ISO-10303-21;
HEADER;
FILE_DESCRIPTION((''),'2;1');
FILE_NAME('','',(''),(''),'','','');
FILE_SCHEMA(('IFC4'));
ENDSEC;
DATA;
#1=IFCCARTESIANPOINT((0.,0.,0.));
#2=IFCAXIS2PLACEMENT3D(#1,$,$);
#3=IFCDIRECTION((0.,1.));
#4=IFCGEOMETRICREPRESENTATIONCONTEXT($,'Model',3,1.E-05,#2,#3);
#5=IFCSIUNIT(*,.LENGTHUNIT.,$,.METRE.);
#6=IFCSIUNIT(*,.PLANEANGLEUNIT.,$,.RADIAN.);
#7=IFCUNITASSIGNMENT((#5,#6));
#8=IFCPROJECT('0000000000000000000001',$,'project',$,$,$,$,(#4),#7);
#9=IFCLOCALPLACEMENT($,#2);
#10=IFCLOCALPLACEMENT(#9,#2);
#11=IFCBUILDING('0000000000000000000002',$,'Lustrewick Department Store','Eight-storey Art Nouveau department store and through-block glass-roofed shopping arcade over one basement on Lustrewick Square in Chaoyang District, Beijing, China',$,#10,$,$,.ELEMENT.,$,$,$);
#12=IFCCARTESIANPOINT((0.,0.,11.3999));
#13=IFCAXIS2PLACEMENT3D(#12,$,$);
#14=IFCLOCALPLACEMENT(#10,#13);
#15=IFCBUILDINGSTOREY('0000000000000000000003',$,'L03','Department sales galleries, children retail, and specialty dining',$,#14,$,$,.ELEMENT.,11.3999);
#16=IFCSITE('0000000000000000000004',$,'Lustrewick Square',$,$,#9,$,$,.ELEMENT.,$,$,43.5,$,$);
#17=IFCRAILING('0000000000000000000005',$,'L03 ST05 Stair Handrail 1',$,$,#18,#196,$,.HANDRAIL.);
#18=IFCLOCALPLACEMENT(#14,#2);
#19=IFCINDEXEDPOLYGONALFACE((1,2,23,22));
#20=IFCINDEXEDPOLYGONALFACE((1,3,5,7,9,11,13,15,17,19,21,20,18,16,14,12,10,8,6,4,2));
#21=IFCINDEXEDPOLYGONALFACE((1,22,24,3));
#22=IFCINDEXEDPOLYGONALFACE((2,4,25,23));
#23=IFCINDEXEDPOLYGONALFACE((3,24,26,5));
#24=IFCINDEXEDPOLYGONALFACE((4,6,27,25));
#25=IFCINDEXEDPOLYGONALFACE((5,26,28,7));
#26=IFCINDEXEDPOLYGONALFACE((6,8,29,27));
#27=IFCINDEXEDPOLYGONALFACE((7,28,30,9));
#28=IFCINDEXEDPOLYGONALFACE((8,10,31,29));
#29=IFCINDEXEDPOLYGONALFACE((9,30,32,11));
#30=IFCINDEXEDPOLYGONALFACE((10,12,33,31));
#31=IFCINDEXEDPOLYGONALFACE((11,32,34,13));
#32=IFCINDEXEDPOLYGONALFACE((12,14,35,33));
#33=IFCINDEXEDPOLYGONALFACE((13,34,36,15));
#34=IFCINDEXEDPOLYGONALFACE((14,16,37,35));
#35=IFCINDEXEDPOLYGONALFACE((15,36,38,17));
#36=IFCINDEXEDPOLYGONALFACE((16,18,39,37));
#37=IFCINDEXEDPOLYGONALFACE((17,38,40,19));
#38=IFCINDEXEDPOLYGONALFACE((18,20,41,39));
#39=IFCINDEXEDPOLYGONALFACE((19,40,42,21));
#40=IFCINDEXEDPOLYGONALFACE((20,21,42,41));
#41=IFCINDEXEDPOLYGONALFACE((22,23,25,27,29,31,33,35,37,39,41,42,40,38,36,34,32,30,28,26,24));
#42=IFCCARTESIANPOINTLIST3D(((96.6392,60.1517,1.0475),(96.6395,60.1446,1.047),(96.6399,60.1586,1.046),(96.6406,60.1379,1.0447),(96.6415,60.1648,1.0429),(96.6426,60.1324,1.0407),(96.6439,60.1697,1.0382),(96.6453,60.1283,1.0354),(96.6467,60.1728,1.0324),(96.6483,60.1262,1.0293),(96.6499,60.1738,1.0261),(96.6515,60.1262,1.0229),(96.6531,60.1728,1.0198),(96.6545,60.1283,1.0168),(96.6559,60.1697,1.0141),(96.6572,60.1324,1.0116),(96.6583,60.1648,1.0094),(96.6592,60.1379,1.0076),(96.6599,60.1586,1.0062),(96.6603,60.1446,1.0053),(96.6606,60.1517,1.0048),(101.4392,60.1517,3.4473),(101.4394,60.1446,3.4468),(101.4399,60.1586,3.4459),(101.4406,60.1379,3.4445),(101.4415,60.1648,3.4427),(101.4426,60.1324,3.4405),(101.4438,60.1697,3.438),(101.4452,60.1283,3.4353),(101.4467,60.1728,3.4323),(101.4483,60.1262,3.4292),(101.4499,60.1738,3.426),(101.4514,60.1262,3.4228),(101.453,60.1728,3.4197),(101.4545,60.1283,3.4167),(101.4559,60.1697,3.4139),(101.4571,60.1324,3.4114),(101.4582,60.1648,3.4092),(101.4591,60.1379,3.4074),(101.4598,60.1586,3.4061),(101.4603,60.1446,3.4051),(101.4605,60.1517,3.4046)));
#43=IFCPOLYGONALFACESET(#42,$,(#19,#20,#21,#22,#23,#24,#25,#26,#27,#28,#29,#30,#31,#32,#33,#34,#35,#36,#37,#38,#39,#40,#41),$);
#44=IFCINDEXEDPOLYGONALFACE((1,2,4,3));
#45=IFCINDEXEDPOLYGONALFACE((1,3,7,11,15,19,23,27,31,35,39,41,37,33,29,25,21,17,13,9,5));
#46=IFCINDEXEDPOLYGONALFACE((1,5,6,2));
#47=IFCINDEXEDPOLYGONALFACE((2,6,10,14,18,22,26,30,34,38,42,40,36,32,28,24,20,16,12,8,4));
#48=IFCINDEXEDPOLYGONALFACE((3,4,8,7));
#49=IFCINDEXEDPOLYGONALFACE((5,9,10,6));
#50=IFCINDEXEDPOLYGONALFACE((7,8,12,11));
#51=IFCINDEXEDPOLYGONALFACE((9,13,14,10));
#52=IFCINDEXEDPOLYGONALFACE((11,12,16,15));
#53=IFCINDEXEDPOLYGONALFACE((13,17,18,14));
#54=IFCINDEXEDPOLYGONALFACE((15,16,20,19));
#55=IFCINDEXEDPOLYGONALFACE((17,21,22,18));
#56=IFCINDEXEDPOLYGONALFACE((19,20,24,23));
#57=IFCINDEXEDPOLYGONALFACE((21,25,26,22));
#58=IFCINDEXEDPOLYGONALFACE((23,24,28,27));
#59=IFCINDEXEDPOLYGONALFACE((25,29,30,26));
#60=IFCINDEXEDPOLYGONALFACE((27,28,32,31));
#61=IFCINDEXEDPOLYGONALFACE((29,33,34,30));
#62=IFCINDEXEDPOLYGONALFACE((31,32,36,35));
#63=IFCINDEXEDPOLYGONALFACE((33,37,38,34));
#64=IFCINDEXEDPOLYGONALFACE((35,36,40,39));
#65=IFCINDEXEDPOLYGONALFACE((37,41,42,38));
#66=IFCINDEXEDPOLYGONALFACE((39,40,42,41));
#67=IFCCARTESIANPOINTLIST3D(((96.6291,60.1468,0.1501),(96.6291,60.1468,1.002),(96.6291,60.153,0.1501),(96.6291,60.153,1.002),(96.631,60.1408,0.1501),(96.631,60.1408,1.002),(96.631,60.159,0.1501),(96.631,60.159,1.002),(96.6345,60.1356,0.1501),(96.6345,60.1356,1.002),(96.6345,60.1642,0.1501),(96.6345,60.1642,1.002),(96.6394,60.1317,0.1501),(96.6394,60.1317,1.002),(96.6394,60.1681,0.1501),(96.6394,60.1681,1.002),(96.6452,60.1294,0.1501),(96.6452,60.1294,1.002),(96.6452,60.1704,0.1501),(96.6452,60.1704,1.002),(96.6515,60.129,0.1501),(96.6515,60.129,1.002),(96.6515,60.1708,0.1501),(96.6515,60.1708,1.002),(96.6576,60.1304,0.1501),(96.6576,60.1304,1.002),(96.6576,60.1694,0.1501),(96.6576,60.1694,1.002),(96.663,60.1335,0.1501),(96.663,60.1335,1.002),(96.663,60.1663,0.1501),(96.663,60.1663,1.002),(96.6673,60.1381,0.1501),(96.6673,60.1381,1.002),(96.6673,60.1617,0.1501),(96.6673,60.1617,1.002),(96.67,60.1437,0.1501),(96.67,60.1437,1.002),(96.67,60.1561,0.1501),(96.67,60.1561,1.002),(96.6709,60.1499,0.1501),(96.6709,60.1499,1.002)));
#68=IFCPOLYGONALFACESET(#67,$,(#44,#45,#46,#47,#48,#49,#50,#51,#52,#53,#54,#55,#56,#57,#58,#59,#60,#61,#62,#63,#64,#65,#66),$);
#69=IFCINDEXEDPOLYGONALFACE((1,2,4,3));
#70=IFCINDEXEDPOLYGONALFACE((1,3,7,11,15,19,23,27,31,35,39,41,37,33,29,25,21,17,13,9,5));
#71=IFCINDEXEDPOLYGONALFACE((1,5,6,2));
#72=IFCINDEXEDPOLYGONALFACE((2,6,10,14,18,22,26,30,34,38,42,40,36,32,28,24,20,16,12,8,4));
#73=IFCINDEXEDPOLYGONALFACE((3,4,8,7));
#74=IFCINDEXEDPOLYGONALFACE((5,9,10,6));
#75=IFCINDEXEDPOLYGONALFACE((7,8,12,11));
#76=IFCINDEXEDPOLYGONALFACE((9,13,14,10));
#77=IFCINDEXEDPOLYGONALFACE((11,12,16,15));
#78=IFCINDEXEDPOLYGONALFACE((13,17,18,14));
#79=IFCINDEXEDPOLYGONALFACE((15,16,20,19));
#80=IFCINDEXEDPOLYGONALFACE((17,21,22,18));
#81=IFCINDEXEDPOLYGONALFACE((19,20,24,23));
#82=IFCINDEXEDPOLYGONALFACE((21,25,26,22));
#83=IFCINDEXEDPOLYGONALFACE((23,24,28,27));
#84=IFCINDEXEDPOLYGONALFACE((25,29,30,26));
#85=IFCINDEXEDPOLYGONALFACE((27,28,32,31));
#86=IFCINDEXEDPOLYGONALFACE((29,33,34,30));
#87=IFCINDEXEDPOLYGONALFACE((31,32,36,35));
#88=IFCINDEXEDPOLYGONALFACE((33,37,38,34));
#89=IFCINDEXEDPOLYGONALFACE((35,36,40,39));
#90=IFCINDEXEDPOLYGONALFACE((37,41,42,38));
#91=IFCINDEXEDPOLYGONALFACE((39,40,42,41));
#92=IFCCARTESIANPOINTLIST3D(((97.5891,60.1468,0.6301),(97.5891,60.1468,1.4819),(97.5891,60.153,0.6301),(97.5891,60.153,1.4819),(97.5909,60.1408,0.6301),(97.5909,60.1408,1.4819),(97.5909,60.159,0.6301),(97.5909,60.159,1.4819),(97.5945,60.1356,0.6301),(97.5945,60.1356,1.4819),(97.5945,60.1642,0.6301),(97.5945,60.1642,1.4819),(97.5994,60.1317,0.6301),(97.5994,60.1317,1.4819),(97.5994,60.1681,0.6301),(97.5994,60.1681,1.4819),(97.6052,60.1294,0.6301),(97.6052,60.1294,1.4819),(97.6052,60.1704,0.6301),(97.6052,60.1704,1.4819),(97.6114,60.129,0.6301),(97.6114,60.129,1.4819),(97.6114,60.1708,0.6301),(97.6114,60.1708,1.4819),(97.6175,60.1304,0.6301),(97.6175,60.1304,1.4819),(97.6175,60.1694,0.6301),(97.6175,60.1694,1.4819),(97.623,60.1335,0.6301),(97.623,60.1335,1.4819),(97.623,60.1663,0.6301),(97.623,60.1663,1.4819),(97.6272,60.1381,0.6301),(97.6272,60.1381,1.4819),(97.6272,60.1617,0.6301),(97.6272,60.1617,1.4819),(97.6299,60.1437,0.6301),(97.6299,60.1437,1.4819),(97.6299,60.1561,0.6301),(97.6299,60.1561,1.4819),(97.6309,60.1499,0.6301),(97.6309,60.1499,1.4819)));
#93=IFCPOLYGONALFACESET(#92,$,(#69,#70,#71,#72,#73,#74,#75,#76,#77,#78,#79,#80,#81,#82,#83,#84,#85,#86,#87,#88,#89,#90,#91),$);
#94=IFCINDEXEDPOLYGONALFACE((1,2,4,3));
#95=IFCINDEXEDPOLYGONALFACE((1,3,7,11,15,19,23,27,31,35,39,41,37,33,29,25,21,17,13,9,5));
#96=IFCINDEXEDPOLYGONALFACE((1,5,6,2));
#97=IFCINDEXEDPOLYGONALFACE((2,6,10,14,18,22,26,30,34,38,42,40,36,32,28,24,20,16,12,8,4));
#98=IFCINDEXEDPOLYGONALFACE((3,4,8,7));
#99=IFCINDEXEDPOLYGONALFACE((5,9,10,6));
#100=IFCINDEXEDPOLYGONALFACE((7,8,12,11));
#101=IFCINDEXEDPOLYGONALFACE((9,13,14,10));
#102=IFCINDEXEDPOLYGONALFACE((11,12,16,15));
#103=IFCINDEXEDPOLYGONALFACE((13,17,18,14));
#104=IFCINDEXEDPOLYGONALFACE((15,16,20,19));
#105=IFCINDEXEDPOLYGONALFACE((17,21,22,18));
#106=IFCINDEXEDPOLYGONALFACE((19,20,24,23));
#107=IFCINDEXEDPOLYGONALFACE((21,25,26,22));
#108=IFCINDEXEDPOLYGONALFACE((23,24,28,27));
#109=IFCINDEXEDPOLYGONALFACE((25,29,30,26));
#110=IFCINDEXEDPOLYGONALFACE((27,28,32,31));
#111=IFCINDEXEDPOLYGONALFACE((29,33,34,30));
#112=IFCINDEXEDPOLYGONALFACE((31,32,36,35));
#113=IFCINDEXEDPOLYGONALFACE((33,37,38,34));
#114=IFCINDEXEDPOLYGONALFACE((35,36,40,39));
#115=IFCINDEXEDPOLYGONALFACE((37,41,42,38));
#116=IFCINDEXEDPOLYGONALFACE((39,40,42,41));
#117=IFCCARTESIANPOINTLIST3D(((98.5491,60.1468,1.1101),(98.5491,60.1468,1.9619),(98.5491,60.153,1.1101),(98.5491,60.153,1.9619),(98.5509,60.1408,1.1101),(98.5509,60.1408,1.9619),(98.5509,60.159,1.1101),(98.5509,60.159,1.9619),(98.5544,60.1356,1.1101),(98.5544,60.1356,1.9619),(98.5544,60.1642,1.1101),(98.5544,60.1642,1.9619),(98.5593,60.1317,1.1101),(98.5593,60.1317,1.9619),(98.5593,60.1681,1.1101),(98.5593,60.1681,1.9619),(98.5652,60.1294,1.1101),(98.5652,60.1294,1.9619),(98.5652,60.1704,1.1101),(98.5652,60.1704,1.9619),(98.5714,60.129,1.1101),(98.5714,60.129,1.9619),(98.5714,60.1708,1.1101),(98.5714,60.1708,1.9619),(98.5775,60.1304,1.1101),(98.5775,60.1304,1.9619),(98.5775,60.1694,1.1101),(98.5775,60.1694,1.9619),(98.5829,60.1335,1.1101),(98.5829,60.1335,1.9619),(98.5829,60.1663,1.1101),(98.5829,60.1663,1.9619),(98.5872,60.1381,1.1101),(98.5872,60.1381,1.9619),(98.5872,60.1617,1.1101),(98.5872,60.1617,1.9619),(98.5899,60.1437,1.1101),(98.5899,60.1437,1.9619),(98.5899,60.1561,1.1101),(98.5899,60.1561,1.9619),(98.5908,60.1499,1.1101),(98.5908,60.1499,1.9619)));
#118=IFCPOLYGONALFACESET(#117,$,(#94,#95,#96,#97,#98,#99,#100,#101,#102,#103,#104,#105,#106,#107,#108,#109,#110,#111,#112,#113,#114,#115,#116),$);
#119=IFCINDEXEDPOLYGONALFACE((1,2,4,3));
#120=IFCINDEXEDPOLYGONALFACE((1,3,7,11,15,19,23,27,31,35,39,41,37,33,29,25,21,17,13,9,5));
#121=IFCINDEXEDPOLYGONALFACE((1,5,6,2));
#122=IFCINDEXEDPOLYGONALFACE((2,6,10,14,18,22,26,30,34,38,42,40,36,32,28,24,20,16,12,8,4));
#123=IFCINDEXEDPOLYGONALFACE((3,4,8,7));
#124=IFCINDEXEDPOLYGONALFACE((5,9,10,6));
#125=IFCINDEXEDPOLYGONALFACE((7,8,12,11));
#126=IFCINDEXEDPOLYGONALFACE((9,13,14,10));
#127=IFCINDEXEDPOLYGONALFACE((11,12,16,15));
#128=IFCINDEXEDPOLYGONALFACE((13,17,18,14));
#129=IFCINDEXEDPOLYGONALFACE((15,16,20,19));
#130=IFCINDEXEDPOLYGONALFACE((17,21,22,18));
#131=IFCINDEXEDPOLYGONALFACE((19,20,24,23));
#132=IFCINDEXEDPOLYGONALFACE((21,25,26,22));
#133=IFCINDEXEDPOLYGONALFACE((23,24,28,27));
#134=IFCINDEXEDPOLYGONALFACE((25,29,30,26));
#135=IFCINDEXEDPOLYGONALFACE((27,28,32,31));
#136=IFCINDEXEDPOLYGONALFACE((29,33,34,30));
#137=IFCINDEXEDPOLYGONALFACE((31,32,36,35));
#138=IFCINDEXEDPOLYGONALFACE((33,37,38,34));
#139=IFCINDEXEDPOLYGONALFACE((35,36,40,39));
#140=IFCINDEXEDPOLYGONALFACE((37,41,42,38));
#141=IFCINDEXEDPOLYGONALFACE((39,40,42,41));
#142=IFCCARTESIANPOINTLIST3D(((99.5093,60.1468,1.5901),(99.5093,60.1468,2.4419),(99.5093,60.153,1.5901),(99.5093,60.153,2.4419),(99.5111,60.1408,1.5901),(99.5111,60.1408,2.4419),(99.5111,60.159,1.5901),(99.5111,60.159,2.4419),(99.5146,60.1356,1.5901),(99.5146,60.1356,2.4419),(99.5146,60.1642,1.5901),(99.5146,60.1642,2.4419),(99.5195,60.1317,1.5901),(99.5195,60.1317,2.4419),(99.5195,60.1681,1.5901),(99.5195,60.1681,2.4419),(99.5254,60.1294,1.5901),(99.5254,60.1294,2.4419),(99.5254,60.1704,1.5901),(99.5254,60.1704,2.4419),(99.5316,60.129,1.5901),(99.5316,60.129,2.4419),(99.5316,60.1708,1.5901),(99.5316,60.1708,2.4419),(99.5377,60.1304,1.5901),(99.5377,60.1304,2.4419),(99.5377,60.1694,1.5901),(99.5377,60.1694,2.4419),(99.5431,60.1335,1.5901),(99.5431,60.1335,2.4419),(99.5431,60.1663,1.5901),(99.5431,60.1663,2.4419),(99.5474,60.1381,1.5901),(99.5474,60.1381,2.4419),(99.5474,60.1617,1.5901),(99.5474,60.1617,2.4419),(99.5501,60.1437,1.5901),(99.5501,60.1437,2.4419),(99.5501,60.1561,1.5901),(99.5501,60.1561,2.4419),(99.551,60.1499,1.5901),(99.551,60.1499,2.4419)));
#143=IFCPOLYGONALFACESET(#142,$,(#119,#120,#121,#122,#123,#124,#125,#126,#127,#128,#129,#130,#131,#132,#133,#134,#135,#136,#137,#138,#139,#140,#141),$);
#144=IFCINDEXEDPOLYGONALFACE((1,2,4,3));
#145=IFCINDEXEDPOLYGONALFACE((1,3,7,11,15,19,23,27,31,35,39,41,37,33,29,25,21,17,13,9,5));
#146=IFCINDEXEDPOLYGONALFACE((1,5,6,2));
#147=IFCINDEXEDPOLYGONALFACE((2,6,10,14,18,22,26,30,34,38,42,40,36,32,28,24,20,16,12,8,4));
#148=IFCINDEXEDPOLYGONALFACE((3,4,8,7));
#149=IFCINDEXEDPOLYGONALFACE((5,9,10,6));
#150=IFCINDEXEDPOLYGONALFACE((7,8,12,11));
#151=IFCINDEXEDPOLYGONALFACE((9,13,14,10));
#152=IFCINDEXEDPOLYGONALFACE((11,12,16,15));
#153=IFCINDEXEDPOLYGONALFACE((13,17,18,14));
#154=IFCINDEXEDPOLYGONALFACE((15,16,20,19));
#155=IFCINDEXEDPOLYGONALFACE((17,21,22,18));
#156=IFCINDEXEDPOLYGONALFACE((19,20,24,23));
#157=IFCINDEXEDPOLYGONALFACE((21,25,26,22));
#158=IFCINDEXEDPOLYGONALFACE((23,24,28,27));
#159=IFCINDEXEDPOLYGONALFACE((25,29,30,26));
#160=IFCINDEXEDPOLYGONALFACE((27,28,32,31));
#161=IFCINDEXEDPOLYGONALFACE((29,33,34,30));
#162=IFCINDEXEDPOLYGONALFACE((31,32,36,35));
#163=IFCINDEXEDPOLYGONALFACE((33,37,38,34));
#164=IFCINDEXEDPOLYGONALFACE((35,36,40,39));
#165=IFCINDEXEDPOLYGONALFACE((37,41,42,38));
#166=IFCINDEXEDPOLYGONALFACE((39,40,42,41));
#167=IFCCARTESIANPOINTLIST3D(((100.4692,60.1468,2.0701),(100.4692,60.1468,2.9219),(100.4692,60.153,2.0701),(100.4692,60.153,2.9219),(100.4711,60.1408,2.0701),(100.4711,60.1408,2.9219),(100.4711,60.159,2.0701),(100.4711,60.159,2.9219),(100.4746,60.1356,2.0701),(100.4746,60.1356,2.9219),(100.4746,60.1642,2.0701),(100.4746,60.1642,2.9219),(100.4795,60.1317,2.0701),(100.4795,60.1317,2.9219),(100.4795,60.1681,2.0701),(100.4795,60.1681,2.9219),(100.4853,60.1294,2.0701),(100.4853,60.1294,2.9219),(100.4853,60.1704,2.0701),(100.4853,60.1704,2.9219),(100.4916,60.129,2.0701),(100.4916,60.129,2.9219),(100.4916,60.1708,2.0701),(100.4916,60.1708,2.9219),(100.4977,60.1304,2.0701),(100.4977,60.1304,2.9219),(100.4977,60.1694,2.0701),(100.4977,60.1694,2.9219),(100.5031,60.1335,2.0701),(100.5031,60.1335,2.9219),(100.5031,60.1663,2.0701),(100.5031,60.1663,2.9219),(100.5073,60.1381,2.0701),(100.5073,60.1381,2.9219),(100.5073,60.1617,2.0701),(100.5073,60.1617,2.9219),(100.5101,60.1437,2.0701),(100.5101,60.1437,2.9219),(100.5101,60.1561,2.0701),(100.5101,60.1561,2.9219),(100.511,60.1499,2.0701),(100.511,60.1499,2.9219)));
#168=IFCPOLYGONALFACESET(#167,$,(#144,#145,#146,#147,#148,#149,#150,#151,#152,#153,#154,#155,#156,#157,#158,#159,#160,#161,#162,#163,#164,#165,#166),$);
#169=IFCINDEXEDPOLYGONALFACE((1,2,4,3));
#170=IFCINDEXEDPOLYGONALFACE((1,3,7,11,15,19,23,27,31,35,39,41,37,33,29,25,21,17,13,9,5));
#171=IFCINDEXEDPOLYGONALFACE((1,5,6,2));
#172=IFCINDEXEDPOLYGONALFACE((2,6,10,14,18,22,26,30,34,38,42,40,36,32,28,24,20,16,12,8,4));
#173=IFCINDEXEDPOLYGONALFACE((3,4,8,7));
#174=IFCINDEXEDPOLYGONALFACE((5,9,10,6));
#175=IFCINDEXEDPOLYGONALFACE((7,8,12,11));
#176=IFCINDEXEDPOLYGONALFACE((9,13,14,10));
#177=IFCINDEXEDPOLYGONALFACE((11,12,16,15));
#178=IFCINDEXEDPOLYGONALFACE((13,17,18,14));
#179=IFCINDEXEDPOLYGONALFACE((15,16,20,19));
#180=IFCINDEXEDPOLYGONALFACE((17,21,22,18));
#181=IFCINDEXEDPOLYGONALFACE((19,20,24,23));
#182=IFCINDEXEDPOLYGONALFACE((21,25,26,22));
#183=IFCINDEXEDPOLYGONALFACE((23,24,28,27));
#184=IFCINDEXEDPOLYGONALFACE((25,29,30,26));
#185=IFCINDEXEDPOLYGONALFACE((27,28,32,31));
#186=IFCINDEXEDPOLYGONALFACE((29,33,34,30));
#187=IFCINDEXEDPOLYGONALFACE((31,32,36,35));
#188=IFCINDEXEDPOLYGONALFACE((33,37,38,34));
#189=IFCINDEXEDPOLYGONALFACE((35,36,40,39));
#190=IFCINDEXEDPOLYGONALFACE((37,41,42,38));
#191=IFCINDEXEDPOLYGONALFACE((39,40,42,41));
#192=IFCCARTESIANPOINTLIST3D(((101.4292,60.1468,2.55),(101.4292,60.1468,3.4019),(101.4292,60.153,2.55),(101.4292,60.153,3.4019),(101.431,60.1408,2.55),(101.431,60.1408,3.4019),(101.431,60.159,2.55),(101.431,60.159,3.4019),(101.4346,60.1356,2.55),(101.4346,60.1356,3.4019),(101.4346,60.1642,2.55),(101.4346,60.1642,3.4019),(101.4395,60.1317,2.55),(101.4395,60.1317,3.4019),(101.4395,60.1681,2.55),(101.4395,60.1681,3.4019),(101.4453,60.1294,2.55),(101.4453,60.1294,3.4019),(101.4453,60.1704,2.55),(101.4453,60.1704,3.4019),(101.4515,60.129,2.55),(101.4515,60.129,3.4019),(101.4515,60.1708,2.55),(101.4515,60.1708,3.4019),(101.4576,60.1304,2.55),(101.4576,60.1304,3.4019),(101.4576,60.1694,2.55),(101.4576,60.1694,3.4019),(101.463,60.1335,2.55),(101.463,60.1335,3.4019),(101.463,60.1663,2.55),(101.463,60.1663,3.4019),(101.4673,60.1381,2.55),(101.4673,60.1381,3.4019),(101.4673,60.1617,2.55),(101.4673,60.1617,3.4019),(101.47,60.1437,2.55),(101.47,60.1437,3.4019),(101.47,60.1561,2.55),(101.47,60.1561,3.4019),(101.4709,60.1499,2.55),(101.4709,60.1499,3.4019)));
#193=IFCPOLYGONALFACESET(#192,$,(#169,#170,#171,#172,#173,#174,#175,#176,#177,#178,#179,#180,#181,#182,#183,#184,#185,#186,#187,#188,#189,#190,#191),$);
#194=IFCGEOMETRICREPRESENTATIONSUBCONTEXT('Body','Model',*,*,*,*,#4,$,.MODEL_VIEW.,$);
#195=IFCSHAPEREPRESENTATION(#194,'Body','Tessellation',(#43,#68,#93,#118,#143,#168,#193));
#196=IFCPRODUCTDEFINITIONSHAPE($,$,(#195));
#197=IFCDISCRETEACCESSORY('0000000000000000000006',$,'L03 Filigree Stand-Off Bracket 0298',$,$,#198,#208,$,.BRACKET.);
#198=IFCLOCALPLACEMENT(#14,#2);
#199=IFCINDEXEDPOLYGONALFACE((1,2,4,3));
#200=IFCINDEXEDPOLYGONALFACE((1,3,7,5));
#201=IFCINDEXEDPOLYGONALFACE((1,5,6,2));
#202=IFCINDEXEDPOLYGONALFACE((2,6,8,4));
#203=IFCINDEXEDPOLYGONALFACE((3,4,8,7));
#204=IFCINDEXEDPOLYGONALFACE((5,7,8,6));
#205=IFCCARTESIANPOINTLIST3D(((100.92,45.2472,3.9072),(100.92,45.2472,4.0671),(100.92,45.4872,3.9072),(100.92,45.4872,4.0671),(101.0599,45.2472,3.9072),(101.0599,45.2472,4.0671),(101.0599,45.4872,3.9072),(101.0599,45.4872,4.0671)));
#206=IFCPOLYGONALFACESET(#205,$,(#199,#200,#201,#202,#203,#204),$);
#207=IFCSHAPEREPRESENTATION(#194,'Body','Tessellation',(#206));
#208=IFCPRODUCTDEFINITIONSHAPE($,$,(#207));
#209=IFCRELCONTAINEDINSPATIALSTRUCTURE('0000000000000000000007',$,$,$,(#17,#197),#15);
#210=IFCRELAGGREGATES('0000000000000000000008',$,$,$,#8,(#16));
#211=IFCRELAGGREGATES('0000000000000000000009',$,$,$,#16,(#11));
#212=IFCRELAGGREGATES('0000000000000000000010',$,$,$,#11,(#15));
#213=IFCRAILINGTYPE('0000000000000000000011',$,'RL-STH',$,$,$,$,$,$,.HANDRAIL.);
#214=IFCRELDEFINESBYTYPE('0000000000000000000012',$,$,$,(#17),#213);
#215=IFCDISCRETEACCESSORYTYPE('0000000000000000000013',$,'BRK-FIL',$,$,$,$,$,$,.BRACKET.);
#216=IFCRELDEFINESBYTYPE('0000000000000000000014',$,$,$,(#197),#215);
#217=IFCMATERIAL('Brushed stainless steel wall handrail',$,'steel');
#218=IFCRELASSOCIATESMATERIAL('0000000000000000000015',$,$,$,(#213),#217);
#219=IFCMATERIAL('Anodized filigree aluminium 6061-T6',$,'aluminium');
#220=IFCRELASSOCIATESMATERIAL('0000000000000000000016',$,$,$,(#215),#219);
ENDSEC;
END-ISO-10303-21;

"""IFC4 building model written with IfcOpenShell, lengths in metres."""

from ifc_helpers import new_model, si_unit, direction, frame, origin, origin_2d, place, context, subcontext, project, spatial, rectangle, circle, extrude, material, type_object, element, save


model = new_model("IFC4")

# Units and contexts
model_context = context("Model", 3, precision=1e-05, world=origin(), true_north=direction((0.0, 1.0)))
body_context = subcontext(model_context, "Body", "Model", "MODEL_VIEW")
ifc_project = project(units=[si_unit("LENGTHUNIT", "METRE"), si_unit("PLANEANGLEUNIT", "RADIAN")], contexts=[model_context])

# Site, building, storey
site_placement = place(None, origin())
site = spatial("IfcSite", under=ifc_project, at=site_placement, Name="Lustrewick Square", CompositionType="ELEMENT", RefElevation=43.5)
building_placement = place(site_placement, origin())
building = spatial("IfcBuilding", under=site, at=building_placement, Name="Lustrewick Department Store", Description="Eight-storey Art Nouveau department store and through-block glass-roofed shopping arcade over one basement on Lustrewick Square in Chaoyang District, Beijing, China", CompositionType="ELEMENT")
storey_placement = place(building_placement, frame((0.0, 0.0, 11.3999)))
storey = spatial("IfcBuildingStorey", under=building, at=storey_placement, Name="L03", Description="Department sales galleries, children retail, and specialty dining", CompositionType="ELEMENT", Elevation=11.3999)

# Railing
ifc_material_1 = material(Name="Brushed stainless steel wall handrail", Category="steel")
railing_type_1 = type_object("IfcRailingType", Name="RL-STH", PredefinedType="HANDRAIL", material=ifc_material_1)
railing_1_placement = place(storey_placement, frame((96.6499, 60.1499, 0.1501)))
element("IfcRailing", 1, at=railing_1_placement, inside=storey, type_object=railing_type_1, Name="L03 ST05 Stair Handrail 1", PredefinedType="HANDRAIL", context=body_context, shape_type="SweptSolid", body=[
    extrude(circle(Radius=0.0239, at=origin_2d()), frame((0.0, 0.0, 0.876), z_axis=(0.894436, 0.0, 0.447195), x_axis=(0.0, 1.0, 0.0)), (0.0, 0.0, 1.0), 5.3665),
    extrude(circle(Radius=0.021, at=origin_2d()), origin(), (0.0, 0.0, 1.0), 0.8518),
    extrude(circle(Radius=0.021, at=origin_2d()), frame((0.96, 0.0, 0.48)), (0.0, 0.0, 1.0), 0.8518),
    extrude(circle(Radius=0.021, at=origin_2d()), frame((1.9199, 0.0, 0.96)), (0.0, 0.0, 1.0), 0.8518),
    extrude(circle(Radius=0.021, at=origin_2d()), frame((2.8801, 0.0, 1.4399)), (0.0, 0.0, 1.0), 0.8518),
    extrude(circle(Radius=0.021, at=origin_2d()), frame((3.8401, 0.0, 1.9199)), (0.0, 0.0, 1.0), 0.8518),
    extrude(circle(Radius=0.021, at=origin_2d()), frame((4.8, 0.0, 2.3999)), (0.0, 0.0, 1.0), 0.8518),
])

# Discrete accessory
ifc_material_2 = material(Name="Anodized filigree aluminium 6061-T6", Category="aluminium")
discrete_accessory_type = type_object("IfcDiscreteAccessoryType", Name="BRK-FIL", PredefinedType="BRACKET", material=ifc_material_2)
for number, where, z_axis, x_axis, name in (
    (2, (100.99, 45.3672, 3.9072), (0.0, 0.0, 1.0), (0.0, 1.0, 0.0), "L03 Filigree Stand-Off Bracket 0298"),
):
    element("IfcDiscreteAccessory", number, at=place(storey_placement, frame(where, z_axis=z_axis, x_axis=x_axis)), inside=storey, type_object=discrete_accessory_type, Name=name, PredefinedType="BRACKET", context=body_context, shape_type="SweptSolid", body=[
        extrude(rectangle(XDim=0.24, YDim=0.1399, at=origin_2d()), origin(), (0.0, 0.0, 1.0), 0.1599),
    ])

save(model, "model.ifc")
